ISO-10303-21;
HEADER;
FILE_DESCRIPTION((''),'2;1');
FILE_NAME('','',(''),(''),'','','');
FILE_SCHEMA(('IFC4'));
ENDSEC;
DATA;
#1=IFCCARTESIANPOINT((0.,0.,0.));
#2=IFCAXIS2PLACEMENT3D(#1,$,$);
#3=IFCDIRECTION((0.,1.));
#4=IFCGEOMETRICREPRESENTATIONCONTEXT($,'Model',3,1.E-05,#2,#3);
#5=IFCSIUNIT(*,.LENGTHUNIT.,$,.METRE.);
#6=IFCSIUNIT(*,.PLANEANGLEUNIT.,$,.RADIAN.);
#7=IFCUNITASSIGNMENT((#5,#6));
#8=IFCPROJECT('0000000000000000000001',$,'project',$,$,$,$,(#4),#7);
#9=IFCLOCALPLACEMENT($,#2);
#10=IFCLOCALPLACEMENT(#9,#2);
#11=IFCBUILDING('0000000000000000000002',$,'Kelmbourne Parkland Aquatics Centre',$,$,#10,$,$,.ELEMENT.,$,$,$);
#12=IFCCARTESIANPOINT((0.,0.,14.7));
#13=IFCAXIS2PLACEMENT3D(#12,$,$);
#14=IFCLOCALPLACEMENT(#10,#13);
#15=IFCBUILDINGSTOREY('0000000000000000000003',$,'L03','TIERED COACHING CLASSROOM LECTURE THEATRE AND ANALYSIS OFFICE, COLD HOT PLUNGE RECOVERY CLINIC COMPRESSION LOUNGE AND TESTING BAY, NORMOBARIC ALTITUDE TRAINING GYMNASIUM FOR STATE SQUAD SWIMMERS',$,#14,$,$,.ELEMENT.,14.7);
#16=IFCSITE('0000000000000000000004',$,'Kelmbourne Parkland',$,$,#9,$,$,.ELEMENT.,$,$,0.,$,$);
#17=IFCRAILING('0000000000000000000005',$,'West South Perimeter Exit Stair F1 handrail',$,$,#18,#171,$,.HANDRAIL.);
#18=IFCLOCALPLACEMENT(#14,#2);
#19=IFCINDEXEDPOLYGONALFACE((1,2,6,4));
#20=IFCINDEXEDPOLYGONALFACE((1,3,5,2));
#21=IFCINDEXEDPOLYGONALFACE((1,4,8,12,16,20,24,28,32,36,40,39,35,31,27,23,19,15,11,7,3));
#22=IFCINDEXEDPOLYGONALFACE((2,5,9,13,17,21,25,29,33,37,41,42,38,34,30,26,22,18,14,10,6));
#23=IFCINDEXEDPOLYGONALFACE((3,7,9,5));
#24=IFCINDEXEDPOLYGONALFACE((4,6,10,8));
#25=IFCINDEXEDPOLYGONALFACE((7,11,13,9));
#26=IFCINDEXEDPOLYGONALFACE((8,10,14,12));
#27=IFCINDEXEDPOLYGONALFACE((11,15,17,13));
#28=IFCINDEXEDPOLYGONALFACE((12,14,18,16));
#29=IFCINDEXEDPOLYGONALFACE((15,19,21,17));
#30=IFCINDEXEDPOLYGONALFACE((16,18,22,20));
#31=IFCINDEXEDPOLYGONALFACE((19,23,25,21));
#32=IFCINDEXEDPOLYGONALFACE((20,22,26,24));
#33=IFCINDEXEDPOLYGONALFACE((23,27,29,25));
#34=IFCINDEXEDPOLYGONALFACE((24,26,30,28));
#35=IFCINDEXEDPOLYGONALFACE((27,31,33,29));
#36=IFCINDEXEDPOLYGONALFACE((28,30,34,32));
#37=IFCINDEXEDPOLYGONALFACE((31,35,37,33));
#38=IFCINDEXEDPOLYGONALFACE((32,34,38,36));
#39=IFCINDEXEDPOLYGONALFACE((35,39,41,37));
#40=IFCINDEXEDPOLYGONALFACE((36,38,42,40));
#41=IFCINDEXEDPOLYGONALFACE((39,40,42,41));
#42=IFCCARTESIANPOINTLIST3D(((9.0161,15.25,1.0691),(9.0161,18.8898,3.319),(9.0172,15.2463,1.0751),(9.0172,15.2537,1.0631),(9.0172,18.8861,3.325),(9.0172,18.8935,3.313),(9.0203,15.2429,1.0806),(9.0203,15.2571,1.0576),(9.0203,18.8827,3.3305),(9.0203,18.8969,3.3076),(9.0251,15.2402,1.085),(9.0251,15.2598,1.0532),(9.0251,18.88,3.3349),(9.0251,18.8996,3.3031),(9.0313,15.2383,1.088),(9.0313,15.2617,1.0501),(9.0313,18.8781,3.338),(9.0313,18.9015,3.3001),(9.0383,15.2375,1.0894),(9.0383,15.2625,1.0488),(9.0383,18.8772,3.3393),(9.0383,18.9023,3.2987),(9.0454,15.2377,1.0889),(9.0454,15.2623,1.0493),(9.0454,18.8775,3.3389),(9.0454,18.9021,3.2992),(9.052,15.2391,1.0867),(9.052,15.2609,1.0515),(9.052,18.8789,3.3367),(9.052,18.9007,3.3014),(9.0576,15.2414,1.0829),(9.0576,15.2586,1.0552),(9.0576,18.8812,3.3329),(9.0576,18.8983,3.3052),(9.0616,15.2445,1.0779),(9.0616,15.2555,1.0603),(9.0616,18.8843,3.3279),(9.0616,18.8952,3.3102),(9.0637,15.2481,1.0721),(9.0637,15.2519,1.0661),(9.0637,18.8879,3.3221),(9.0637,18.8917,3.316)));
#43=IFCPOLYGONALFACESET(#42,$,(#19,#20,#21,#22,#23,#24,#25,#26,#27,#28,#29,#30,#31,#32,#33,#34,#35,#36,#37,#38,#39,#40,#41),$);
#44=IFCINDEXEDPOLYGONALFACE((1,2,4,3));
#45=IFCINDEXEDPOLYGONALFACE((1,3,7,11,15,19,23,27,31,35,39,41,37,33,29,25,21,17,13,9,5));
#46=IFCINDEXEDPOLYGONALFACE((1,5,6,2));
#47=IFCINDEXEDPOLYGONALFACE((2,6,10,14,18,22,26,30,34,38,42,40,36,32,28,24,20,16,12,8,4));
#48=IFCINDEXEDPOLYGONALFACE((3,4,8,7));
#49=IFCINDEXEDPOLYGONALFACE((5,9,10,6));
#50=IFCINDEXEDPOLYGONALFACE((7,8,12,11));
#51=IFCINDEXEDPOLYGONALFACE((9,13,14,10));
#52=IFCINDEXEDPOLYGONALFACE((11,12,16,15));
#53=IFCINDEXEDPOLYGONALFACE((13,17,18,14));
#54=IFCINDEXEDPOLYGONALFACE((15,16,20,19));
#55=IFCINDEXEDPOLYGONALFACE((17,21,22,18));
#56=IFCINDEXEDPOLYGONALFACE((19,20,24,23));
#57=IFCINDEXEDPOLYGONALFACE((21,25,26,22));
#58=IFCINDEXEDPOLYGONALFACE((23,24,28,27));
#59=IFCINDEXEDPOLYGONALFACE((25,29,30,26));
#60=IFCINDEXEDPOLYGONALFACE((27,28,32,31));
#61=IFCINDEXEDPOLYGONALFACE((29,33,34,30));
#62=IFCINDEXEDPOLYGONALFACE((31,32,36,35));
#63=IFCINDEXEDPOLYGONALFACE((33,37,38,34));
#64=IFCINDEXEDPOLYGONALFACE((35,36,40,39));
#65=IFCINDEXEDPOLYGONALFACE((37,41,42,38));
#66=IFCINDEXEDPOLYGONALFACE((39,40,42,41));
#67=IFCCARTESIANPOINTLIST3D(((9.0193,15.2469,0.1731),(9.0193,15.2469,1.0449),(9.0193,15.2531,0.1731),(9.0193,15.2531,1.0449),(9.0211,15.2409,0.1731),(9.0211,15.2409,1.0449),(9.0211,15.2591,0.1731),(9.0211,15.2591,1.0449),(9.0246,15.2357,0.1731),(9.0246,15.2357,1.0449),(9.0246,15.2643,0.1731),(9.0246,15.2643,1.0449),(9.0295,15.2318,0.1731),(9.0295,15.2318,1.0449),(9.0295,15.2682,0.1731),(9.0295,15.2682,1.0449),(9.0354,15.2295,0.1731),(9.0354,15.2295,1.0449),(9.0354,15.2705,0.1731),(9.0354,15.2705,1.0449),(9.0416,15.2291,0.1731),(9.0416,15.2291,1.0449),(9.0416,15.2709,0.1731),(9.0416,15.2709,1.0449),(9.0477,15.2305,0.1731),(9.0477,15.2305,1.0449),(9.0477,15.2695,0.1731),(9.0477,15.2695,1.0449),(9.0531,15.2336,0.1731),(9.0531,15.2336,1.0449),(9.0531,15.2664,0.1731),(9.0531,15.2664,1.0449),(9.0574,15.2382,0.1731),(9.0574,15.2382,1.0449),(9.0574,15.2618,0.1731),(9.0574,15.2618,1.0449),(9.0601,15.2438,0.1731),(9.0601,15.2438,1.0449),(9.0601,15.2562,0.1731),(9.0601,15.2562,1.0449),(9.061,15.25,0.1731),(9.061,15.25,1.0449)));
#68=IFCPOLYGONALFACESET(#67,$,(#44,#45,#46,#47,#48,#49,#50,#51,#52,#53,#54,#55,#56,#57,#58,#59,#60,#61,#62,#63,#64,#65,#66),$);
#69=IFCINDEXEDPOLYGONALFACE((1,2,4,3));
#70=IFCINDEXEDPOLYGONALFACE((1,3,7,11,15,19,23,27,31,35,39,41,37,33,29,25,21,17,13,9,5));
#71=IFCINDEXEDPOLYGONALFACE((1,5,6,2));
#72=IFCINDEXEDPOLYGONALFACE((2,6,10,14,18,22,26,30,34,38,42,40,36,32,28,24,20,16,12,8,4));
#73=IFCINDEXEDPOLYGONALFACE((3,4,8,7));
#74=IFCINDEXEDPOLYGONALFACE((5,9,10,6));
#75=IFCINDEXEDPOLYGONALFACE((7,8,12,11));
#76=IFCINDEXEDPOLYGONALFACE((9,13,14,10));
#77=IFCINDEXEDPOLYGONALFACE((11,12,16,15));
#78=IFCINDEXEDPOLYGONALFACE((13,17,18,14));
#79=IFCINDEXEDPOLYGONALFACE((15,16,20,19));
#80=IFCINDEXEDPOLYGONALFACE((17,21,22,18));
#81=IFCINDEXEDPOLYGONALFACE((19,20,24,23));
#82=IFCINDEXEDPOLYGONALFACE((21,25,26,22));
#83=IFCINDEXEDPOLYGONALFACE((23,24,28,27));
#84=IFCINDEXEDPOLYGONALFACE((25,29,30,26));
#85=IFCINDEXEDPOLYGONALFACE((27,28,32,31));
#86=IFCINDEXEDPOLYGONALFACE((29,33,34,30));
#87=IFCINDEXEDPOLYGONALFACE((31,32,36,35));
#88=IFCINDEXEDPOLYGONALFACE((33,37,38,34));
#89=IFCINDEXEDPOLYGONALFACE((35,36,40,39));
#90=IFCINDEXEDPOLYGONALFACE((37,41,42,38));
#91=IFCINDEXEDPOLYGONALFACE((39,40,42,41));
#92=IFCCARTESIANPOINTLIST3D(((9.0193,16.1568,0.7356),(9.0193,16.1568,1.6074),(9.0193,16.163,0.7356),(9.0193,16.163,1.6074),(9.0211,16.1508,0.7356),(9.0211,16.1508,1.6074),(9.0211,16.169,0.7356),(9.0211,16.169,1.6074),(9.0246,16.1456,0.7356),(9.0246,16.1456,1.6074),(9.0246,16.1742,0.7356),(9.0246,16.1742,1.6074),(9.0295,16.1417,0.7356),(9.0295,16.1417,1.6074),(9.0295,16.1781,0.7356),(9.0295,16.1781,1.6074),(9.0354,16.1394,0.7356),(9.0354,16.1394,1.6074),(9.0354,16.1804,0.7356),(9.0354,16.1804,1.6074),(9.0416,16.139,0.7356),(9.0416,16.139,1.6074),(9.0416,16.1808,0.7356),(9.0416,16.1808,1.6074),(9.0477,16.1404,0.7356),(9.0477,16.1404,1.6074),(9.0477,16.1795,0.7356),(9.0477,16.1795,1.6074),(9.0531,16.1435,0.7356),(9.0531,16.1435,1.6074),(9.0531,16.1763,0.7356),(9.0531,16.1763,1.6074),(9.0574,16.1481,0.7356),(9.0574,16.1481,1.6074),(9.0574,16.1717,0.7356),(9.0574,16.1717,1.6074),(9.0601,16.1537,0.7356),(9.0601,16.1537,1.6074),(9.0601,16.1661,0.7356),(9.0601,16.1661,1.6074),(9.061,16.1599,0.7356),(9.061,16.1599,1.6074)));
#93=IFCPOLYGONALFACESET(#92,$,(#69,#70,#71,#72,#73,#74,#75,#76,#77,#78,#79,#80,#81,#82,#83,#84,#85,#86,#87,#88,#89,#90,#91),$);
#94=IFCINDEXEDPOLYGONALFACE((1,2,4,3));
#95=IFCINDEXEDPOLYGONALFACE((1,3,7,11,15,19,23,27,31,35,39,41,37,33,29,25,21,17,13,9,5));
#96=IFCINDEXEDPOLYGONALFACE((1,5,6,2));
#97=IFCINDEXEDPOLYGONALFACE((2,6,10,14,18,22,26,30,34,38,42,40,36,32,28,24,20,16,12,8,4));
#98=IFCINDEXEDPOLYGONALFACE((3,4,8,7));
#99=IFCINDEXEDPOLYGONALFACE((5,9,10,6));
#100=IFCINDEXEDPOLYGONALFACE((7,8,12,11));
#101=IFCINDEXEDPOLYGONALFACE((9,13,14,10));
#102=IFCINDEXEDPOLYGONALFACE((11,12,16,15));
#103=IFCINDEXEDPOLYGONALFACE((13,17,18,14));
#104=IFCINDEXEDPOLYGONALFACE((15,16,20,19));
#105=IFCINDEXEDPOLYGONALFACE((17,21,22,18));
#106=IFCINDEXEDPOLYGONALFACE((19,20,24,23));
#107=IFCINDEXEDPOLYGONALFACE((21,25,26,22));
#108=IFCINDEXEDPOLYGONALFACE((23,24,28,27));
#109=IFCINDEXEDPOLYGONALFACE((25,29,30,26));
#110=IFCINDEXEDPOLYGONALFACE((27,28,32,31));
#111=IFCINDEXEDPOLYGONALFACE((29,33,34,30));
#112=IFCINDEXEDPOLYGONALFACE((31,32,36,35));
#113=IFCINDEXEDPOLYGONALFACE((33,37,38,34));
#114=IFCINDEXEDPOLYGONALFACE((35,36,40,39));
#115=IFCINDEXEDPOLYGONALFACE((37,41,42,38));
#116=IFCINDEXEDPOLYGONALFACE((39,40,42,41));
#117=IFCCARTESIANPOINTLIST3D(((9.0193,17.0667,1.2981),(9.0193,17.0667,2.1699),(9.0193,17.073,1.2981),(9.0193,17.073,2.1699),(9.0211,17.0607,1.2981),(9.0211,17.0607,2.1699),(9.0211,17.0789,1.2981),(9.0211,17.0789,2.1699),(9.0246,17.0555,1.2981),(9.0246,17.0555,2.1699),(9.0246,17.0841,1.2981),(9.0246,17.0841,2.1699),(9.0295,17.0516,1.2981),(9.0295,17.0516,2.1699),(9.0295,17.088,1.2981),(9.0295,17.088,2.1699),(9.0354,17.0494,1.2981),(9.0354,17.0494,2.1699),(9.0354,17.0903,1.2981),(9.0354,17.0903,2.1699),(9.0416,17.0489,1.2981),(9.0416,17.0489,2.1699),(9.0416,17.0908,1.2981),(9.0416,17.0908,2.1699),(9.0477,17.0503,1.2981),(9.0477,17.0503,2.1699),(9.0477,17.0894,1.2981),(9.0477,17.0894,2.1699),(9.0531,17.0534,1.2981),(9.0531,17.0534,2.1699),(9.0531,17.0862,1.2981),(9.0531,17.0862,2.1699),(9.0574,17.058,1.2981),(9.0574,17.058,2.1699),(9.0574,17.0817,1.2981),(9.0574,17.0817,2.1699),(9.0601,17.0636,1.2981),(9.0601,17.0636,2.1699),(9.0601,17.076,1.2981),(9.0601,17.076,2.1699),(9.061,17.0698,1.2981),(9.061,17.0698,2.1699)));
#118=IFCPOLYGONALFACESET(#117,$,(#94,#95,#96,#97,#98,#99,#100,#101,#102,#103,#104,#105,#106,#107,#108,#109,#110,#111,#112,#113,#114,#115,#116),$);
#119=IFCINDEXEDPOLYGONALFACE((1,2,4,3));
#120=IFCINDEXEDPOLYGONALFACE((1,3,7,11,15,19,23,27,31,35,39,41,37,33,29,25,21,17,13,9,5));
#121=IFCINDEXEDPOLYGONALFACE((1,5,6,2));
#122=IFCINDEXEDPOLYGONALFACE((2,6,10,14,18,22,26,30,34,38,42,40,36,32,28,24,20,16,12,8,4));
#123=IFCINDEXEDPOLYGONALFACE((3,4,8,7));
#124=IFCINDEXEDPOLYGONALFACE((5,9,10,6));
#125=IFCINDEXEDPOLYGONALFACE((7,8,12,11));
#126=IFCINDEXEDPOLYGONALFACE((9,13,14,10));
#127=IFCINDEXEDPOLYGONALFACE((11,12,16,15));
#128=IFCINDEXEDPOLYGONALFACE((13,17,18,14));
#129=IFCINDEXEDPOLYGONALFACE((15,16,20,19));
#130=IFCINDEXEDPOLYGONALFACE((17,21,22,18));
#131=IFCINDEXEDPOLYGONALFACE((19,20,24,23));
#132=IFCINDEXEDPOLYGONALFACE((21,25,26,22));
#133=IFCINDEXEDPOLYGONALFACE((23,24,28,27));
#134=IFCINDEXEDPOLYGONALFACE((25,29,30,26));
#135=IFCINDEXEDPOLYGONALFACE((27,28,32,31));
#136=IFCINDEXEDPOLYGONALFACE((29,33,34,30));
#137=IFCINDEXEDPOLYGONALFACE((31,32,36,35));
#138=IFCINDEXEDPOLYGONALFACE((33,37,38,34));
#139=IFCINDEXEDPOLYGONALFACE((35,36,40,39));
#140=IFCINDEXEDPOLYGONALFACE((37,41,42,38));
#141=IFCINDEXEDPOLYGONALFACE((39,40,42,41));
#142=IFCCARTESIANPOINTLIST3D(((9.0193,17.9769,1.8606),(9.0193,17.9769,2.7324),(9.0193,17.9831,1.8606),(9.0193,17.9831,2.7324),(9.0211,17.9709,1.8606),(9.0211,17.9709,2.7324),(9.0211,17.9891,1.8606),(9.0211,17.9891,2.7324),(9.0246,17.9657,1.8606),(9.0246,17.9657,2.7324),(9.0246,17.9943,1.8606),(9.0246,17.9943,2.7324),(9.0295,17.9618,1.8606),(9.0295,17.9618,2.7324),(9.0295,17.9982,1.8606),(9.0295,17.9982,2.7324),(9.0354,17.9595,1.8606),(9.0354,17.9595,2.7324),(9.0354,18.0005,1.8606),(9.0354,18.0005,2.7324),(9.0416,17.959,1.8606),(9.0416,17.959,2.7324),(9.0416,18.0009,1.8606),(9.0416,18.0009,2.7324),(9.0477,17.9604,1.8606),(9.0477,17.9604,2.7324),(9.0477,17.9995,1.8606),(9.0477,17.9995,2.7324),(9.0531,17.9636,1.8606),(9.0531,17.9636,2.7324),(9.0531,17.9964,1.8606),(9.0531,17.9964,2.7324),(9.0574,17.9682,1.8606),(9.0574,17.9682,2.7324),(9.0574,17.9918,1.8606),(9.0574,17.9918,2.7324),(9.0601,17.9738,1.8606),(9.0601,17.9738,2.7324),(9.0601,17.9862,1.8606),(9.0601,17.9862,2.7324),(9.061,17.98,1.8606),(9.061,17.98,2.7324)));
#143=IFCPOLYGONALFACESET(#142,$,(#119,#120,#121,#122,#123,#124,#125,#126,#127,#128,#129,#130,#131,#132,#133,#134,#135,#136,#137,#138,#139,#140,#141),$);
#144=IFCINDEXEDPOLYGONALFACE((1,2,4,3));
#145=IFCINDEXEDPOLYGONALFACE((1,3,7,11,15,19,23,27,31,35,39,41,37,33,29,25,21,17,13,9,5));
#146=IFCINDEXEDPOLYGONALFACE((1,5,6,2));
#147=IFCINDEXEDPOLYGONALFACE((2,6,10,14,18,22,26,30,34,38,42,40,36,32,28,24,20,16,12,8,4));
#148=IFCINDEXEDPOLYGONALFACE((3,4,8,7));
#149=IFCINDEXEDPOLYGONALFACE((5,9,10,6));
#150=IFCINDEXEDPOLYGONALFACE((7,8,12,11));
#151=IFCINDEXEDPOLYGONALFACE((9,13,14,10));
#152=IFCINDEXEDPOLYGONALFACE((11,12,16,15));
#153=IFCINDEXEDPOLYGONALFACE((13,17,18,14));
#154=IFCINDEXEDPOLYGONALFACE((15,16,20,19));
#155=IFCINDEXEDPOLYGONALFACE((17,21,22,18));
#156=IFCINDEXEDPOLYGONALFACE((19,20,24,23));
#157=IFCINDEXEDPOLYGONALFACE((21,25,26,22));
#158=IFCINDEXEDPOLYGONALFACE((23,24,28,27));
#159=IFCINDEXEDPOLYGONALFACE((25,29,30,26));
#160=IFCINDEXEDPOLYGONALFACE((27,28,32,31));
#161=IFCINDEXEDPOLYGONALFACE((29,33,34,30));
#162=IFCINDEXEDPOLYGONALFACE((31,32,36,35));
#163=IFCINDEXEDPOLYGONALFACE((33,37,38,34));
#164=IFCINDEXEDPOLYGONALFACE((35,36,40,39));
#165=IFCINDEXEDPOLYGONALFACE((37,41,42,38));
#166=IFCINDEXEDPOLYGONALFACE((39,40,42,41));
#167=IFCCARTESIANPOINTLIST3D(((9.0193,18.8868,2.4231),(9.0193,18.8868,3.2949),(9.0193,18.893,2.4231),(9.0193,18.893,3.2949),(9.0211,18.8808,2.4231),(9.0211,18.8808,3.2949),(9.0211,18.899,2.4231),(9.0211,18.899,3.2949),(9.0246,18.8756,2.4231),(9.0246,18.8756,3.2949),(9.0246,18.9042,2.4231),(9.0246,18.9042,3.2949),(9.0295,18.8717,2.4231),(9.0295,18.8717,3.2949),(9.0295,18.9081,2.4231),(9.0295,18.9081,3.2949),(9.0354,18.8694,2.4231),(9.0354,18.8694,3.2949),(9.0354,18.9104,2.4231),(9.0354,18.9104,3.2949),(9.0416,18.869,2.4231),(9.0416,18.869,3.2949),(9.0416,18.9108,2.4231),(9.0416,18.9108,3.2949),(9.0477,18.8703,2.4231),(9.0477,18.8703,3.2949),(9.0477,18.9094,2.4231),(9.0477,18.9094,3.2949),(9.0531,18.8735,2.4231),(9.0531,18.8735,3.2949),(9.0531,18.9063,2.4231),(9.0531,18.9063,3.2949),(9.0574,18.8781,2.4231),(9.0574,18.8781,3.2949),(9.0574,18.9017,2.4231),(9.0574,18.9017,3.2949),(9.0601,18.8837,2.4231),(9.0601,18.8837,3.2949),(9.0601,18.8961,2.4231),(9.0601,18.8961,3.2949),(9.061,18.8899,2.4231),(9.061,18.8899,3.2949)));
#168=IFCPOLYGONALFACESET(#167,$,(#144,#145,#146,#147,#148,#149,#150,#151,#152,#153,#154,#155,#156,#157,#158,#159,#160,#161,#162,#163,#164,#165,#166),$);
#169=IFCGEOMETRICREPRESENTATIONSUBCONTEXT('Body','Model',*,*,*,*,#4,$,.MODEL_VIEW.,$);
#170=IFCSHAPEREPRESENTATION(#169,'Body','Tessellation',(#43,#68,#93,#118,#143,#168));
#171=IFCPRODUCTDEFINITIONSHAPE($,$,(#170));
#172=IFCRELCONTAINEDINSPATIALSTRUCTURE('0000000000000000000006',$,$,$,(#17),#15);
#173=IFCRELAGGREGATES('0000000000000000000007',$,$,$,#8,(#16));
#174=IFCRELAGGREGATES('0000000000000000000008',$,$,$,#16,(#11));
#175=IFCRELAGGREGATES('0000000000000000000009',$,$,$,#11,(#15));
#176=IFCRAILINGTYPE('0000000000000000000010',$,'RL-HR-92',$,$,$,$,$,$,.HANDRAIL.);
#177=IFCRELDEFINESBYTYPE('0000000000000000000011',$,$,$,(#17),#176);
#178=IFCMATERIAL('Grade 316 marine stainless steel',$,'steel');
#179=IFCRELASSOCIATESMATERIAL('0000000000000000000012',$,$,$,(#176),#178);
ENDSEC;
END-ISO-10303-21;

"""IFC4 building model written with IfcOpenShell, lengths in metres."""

from ifc_helpers import new_model, si_unit, direction, frame, origin, origin_2d, place, context, subcontext, project, spatial, circle, extrude, material, type_object, element, save


model = new_model("IFC4")

# Units and contexts
model_context = context("Model", 3, precision=1e-05, world=origin(), true_north=direction((0.0, 1.0)))
body_context = subcontext(model_context, "Body", "Model", "MODEL_VIEW")
ifc_project = project(units=[si_unit("LENGTHUNIT", "METRE"), si_unit("PLANEANGLEUNIT", "RADIAN")], contexts=[model_context])

# Site, building, storey
site_placement = place(None, origin())
site = spatial("IfcSite", under=ifc_project, at=site_placement, Name="Kelmbourne Parkland", CompositionType="ELEMENT", RefElevation=0.0)
building_placement = place(site_placement, origin())
building = spatial("IfcBuilding", under=site, at=building_placement, Name="Kelmbourne Parkland Aquatics Centre", CompositionType="ELEMENT")
storey_placement = place(building_placement, frame((0.0, 0.0, 14.7)))
storey = spatial("IfcBuildingStorey", under=building, at=storey_placement, Name="L03", Description="TIERED COACHING CLASSROOM LECTURE THEATRE AND ANALYSIS OFFICE, COLD HOT PLUNGE RECOVERY CLINIC COMPRESSION LOUNGE AND TESTING BAY, NORMOBARIC ALTITUDE TRAINING GYMNASIUM FOR STATE SQUAD SWIMMERS", CompositionType="ELEMENT", Elevation=14.7)

# Railing
ifc_material_1 = material(Name="Grade 316 marine stainless steel", Category="steel")
railing_type_1 = type_object("IfcRailingType", Name="RL-HR-92", PredefinedType="HANDRAIL", material=ifc_material_1)
railing_1_placement = place(storey_placement, frame((9.04, 15.25, 0.1731)))
element("IfcRailing", 1, at=railing_1_placement, inside=storey, type_object=railing_type_1, Name="West South Perimeter Exit Stair F1 handrail", PredefinedType="HANDRAIL", context=body_context, shape_type="SweptSolid", body=[
    extrude(circle(Radius=0.0239, at=origin_2d()), frame((0.0, 0.0, 0.896), z_axis=(0.0, 0.850607, 0.525803), x_axis=(-1.0, 0.0, 0.0)), (0.0, 0.0, 1.0), 4.2791),
    extrude(circle(Radius=0.021, at=origin_2d()), origin(), (0.0, 0.0, 1.0), 0.8718),
    extrude(circle(Radius=0.021, at=origin_2d()), frame((0.0, 0.9099, 0.5625)), (0.0, 0.0, 1.0), 0.8718),
    extrude(circle(Radius=0.021, at=origin_2d()), frame((0.0, 1.8198, 1.125)), (0.0, 0.0, 1.0), 0.8718),
    extrude(circle(Radius=0.021, at=origin_2d()), frame((0.0, 2.73, 1.6875)), (0.0, 0.0, 1.0), 0.8718),
    extrude(circle(Radius=0.021, at=origin_2d()), frame((0.0, 3.6399, 2.25)), (0.0, 0.0, 1.0), 0.8718),
])

save(model, "model.ifc")
